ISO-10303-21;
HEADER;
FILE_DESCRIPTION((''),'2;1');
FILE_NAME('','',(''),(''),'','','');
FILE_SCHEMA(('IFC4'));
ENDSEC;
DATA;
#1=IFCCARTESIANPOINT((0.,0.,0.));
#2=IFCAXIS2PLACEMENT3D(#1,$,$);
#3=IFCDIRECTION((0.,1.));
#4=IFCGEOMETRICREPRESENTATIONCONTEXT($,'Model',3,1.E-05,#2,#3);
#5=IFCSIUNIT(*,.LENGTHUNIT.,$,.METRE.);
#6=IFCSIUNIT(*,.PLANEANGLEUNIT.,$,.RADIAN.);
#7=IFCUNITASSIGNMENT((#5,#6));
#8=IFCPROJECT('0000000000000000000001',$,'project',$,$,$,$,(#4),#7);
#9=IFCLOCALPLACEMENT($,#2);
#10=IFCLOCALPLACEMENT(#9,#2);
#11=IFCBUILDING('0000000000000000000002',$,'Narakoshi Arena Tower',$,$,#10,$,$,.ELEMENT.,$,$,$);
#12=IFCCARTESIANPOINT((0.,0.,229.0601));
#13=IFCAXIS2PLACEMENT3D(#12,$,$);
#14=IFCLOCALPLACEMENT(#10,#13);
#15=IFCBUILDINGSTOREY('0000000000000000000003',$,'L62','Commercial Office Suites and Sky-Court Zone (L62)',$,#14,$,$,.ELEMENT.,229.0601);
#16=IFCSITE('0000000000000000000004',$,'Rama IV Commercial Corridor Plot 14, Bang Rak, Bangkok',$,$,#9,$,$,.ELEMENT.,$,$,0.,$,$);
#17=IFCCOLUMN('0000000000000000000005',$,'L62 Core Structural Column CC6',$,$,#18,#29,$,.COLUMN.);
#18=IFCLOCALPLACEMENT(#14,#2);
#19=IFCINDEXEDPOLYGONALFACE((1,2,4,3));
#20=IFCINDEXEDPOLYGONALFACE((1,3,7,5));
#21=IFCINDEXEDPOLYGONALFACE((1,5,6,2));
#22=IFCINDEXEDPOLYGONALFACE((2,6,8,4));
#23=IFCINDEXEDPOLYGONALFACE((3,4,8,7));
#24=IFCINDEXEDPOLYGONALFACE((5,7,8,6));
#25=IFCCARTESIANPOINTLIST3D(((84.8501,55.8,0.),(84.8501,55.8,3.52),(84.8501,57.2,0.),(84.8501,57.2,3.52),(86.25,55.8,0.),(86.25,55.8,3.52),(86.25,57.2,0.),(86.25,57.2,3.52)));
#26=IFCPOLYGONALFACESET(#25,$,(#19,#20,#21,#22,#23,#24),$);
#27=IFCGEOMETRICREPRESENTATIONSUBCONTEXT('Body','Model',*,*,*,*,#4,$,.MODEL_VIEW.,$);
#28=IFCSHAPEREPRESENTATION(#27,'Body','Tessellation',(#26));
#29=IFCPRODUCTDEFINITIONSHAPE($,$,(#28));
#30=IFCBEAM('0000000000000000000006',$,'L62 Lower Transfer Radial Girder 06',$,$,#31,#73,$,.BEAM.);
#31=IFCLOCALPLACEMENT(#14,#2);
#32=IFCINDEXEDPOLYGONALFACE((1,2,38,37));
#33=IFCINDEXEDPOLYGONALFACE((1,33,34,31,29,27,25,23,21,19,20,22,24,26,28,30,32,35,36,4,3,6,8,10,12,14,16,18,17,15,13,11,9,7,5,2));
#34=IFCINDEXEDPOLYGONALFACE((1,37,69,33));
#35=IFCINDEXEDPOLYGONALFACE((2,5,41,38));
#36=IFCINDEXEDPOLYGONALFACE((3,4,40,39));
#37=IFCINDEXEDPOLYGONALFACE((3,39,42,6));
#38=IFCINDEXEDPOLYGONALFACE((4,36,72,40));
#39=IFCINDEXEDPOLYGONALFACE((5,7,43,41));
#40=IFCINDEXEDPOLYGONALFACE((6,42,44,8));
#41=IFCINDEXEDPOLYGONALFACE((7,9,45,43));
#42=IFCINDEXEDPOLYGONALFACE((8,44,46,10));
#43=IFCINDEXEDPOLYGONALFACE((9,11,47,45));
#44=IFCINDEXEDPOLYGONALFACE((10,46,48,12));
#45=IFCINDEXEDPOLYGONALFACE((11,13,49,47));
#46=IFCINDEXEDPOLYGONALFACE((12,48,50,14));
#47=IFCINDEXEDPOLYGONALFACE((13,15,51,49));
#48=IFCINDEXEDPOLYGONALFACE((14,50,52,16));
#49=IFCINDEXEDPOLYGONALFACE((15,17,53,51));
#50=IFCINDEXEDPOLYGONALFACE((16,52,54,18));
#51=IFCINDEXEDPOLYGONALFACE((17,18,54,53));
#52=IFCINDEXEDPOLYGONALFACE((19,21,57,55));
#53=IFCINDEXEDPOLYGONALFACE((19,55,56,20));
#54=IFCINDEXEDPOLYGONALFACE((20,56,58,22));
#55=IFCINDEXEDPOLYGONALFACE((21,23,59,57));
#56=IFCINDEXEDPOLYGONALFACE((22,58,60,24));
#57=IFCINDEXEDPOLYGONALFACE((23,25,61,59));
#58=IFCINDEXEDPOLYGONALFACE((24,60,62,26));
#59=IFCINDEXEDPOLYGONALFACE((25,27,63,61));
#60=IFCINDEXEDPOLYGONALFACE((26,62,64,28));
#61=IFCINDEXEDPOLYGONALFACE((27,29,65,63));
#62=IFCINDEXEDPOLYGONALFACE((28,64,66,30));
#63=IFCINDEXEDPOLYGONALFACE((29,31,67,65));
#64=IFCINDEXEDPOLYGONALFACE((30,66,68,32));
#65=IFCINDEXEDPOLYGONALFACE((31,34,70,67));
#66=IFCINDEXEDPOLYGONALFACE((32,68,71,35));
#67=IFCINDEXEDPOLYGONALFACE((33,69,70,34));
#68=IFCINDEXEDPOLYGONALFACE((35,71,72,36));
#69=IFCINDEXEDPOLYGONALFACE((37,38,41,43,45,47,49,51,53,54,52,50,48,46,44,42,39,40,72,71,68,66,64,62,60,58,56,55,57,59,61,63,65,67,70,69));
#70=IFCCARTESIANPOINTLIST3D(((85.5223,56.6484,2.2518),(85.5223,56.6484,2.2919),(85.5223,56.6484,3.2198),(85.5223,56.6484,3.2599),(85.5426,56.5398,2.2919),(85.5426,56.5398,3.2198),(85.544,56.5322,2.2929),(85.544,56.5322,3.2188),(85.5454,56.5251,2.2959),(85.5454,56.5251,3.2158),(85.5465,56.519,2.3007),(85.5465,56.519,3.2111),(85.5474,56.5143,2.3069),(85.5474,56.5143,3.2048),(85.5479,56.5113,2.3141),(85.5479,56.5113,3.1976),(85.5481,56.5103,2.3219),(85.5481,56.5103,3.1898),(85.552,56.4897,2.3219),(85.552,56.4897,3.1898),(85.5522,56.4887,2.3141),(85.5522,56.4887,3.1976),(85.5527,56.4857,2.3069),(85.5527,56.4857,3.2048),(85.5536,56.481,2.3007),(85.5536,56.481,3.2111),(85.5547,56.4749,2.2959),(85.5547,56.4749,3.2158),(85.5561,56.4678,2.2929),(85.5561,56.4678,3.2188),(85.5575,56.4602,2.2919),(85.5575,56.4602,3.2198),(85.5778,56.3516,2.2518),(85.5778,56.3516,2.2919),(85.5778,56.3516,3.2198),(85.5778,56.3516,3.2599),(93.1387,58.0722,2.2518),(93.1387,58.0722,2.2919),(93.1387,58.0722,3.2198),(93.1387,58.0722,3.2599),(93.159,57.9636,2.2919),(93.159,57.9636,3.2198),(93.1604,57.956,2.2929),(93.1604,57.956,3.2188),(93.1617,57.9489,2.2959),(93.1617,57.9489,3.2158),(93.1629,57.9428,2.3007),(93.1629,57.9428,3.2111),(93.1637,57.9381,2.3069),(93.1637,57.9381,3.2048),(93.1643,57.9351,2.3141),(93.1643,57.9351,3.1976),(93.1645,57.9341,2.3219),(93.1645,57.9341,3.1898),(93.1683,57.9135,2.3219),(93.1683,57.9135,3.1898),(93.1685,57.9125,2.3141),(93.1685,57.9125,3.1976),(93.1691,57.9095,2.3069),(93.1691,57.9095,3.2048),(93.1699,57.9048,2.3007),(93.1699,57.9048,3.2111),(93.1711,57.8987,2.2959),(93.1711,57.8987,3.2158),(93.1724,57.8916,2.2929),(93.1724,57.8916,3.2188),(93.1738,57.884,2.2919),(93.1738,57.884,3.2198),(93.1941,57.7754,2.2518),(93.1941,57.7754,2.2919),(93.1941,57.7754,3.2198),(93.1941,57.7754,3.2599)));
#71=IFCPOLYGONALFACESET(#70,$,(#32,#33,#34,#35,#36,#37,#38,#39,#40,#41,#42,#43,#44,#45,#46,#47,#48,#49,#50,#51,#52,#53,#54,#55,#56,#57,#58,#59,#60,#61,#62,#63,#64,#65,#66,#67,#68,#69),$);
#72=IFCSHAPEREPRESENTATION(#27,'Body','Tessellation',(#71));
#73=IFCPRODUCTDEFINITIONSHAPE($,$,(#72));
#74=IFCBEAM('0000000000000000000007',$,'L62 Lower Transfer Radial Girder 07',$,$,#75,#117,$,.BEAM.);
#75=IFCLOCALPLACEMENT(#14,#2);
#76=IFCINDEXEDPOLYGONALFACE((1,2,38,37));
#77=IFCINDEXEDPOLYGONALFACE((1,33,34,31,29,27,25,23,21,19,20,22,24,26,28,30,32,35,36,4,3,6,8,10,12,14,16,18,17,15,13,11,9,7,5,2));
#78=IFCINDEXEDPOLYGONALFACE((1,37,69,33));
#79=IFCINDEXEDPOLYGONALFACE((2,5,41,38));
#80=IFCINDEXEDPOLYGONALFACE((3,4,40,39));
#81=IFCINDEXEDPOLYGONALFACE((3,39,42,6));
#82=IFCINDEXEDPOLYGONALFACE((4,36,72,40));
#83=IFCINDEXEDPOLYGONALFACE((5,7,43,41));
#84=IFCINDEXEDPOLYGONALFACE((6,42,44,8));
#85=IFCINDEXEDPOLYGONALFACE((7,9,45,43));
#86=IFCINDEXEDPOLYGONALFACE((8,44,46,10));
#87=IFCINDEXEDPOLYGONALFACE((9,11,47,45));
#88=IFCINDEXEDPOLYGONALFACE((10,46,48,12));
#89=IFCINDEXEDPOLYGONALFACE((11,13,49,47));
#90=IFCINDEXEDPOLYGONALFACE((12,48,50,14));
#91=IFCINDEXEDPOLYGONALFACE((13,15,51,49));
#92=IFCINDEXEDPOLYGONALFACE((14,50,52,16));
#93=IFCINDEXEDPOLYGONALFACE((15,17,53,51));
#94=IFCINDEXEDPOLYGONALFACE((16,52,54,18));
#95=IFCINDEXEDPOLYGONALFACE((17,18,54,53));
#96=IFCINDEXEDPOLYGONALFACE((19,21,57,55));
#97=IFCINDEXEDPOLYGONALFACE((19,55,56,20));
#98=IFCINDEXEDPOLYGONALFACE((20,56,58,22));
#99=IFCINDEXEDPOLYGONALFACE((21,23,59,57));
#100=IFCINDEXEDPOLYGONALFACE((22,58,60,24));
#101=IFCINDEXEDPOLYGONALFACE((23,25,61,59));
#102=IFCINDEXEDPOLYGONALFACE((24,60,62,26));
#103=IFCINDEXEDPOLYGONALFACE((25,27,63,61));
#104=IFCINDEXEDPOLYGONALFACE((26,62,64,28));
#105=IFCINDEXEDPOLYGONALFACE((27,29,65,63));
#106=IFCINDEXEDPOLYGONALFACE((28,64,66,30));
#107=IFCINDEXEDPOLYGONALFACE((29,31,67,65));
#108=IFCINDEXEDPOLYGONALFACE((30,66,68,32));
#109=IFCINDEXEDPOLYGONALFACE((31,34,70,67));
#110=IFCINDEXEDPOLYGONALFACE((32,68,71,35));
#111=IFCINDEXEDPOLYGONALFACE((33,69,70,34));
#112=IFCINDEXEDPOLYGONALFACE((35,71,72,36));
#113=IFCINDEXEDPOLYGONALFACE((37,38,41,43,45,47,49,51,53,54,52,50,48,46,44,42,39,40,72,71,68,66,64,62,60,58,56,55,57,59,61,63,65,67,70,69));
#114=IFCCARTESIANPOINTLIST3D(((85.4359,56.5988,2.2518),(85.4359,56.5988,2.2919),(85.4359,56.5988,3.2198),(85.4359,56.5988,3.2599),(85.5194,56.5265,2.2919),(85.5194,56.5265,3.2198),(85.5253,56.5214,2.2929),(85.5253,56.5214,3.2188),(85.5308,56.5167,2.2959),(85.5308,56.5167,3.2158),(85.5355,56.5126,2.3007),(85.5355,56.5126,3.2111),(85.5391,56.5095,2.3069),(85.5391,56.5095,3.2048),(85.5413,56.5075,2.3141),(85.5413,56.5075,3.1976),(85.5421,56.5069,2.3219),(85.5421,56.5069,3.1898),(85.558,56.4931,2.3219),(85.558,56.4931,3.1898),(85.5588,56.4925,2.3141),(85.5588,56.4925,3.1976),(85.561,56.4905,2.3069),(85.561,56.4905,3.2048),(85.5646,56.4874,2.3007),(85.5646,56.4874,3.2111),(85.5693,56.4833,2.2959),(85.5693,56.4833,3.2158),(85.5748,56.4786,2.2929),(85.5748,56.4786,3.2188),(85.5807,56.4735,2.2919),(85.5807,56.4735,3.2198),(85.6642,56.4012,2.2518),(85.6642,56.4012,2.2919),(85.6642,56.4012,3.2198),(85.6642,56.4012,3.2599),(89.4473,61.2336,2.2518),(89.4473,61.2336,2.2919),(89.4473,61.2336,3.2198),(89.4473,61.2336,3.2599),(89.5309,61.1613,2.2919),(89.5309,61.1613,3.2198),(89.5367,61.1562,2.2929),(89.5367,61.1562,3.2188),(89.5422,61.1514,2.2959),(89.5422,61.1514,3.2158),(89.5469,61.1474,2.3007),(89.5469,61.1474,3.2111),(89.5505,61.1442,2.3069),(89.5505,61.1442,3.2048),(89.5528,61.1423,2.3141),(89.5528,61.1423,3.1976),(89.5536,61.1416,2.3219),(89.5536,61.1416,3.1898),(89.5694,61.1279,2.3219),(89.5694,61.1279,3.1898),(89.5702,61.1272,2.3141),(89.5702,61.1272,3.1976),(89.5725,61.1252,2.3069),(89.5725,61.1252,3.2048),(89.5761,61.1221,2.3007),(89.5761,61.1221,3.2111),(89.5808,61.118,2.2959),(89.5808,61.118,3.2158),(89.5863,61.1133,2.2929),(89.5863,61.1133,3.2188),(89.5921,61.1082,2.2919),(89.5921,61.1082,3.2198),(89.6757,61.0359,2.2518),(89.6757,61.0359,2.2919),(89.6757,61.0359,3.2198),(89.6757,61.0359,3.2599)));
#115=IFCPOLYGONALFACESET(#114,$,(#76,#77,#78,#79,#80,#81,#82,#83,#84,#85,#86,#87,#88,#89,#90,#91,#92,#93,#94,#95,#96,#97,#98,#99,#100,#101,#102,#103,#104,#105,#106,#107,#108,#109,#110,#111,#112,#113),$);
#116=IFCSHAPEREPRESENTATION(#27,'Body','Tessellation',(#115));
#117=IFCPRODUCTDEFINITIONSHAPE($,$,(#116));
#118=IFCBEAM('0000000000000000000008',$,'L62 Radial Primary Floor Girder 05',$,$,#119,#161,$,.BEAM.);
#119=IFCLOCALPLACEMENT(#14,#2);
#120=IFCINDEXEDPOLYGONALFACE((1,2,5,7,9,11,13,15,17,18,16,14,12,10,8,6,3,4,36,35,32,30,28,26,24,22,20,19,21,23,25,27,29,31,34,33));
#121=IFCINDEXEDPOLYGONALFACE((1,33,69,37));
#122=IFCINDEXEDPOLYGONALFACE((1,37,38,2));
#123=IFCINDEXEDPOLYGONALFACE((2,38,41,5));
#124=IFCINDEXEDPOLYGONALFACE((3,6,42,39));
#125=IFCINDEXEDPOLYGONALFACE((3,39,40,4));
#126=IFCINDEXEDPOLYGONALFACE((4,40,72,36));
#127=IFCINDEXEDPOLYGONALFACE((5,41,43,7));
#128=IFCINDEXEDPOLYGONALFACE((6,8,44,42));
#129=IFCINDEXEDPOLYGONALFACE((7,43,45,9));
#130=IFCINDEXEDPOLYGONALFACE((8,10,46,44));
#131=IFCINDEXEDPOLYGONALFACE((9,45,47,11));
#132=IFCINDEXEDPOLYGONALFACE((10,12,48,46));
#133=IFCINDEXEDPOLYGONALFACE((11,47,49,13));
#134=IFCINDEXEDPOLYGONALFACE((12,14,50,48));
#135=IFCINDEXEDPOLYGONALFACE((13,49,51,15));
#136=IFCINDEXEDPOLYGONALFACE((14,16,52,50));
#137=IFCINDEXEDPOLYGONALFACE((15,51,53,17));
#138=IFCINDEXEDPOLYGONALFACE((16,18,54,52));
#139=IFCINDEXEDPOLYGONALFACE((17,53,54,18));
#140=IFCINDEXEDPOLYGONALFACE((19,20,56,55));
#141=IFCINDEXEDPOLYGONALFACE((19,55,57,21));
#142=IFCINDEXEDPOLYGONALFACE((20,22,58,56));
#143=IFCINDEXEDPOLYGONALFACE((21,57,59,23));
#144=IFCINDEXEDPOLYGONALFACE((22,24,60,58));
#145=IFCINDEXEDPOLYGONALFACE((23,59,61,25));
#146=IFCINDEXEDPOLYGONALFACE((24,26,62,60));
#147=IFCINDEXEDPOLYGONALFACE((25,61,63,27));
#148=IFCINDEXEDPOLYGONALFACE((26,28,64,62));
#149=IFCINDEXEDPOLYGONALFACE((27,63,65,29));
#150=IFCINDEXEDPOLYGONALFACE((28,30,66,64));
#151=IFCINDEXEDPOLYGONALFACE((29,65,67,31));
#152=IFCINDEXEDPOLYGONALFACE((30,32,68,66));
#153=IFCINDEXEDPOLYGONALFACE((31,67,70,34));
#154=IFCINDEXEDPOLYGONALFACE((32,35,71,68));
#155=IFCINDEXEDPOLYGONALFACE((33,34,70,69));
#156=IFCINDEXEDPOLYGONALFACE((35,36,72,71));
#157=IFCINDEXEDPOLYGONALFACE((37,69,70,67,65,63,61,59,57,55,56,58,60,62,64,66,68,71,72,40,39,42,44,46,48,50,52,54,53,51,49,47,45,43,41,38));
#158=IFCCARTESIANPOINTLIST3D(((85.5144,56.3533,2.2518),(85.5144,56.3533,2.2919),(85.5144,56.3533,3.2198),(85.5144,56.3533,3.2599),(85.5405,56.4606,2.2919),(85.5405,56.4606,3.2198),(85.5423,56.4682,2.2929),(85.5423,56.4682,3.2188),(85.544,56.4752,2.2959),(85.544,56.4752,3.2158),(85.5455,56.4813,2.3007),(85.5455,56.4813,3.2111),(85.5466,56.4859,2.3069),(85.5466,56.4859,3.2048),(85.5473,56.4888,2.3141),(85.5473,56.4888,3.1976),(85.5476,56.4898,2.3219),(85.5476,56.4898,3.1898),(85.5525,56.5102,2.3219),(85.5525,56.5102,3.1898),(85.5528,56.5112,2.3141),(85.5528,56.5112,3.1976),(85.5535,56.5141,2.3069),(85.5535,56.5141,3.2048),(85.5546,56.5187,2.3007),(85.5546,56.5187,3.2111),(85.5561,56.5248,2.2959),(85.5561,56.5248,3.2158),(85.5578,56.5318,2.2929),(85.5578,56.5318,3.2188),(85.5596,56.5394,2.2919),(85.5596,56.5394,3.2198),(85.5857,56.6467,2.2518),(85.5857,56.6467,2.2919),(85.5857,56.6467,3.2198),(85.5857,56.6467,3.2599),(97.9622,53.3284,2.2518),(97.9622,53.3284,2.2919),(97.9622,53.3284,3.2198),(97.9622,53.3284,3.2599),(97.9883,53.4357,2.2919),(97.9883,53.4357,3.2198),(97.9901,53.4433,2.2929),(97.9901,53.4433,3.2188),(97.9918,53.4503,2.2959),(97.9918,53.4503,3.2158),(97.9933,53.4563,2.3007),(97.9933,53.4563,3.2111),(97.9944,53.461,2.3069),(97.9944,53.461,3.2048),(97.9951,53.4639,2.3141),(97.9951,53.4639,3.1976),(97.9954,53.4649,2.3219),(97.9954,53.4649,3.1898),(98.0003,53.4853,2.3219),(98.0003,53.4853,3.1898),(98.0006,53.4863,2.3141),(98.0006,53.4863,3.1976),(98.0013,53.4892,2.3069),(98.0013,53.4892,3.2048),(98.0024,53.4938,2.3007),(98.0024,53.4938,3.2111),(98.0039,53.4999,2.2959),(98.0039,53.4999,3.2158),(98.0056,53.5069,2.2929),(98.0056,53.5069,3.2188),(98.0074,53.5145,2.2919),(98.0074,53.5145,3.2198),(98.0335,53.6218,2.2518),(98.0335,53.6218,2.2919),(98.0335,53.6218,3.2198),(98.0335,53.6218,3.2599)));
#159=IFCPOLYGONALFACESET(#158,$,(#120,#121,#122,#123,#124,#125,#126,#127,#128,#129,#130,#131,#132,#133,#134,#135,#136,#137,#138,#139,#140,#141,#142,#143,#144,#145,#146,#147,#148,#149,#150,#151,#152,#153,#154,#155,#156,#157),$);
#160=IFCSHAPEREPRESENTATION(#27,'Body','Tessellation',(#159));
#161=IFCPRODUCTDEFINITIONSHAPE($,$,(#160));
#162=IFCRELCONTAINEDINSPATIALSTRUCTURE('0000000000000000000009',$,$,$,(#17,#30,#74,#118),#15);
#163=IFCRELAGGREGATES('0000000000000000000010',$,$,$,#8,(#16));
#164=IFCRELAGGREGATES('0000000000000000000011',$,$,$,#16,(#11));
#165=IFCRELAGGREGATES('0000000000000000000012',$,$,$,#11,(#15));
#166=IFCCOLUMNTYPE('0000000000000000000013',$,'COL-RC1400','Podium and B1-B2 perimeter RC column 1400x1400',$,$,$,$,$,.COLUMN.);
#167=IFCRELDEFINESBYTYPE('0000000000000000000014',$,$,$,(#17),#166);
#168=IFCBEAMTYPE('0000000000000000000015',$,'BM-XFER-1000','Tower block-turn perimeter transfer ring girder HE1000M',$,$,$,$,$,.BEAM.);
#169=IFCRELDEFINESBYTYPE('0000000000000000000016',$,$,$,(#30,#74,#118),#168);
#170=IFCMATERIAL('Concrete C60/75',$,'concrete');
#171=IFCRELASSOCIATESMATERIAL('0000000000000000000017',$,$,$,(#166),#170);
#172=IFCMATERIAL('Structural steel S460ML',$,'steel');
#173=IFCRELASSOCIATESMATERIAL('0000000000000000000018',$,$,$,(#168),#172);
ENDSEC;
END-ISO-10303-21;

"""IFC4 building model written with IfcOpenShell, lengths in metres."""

from ifc_helpers import new_model, si_unit, direction, frame, origin, origin_2d, place, context, subcontext, project, spatial, rectangle, i_section, extrude, material, material_profile, profile_set, type_object, element, save


model = new_model("IFC4")

# Units and contexts
model_context = context("Model", 3, precision=1e-05, world=origin(), true_north=direction((0.0, 1.0)))
body_context = subcontext(model_context, "Body", "Model", "MODEL_VIEW")
ifc_project = project(units=[si_unit("LENGTHUNIT", "METRE"), si_unit("PLANEANGLEUNIT", "RADIAN")], contexts=[model_context])

# Site, building, storey
site_placement = place(None, origin())
site = spatial("IfcSite", under=ifc_project, at=site_placement, Name="Rama IV Commercial Corridor Plot 14, Bang Rak, Bangkok", CompositionType="ELEMENT", RefElevation=0.0)
building_placement = place(site_placement, origin())
building = spatial("IfcBuilding", under=site, at=building_placement, Name="Narakoshi Arena Tower", CompositionType="ELEMENT")
storey_placement = place(building_placement, frame((0.0, 0.0, 229.0601)))
storey = spatial("IfcBuildingStorey", under=building, at=storey_placement, Name="L62", Description="Commercial Office Suites and Sky-Court Zone (L62)", CompositionType="ELEMENT", Elevation=229.0601)

# Column
ifc_material_1 = material(Name="Concrete C60/75", Category="concrete")
ifc_material_profile_1 = material_profile(ifc_material_1, rectangle(XDim=1.3999, YDim=1.3999, at=origin_2d()), Name="RC1400x1400")
ifc_profile_set_1 = profile_set([ifc_material_profile_1], Name="Concrete C60/75")
column_type = type_object("IfcColumnType", Name="COL-RC1400", Description="Podium and B1-B2 perimeter RC column 1400x1400", PredefinedType="COLUMN", material=ifc_profile_set_1)
column_placement = place(storey_placement, frame((85.55, 56.5, 0.0), z_axis=(0.0, 0.0, 1.0), x_axis=(1.0, 0.0, 0.0)))
element("IfcColumn", 1, at=column_placement, inside=storey, type_object=column_type, Name="L62 Core Structural Column CC6", PredefinedType="COLUMN", context=body_context, shape_type="SweptSolid", body=[
    extrude(rectangle(XDim=1.3999, YDim=1.3999, at=origin_2d()), origin(), (0.0, 0.0, 1.0), 3.52),
])

# Beams
ifc_material_2 = material(Name="Structural steel S460ML", Category="steel")
ifc_material_profile_2 = material_profile(ifc_material_2, i_section(OverallWidth=0.302, OverallDepth=1.0081, WebThickness=0.021, FlangeThickness=0.04, FilletRadius=0.03, at=origin_2d()), Name="HE1000M")
ifc_profile_set_2 = profile_set([ifc_material_profile_2], Name="Structural steel S460ML")
beam_type = type_object("IfcBeamType", Name="BM-XFER-1000", Description="Tower block-turn perimeter transfer ring girder HE1000M", PredefinedType="BEAM", material=ifc_profile_set_2)
beam_1_placement = place(storey_placement, frame((85.55, 56.5, 2.7559), z_axis=(0.982972, 0.183758, 0.0), x_axis=(-0.183758, 0.982972, 0.0)))
element("IfcBeam", 2, at=beam_1_placement, inside=storey, type_object=beam_type, Name="L62 Lower Transfer Radial Girder 06", PredefinedType="BEAM", context=body_context, shape_type="SweptSolid", body=[
    extrude(i_section(OverallWidth=0.302, OverallDepth=1.0081, WebThickness=0.021, FlangeThickness=0.04, FilletRadius=0.03, at=origin_2d()), origin(), (0.0, 0.0, 1.0), 7.7483),
])
beam_2_placement = place(storey_placement, frame((85.55, 56.5, 2.7559), z_axis=(0.654435, 0.756119, 0.0), x_axis=(-0.756119, 0.654435, 0.0)))
element("IfcBeam", 3, at=beam_2_placement, inside=storey, type_object=beam_type, Name="L62 Lower Transfer Radial Girder 07", PredefinedType="BEAM", context=body_context, shape_type="SweptSolid", body=[
    extrude(i_section(OverallWidth=0.302, OverallDepth=1.0081, WebThickness=0.021, FlangeThickness=0.04, FilletRadius=0.03, at=origin_2d()), origin(), (0.0, 0.0, 1.0), 6.1296),
])
beam_3_placement = place(storey_placement, frame((85.55, 56.5, 2.7559), z_axis=(0.97172, -0.236136, 0.0), x_axis=(0.236136, 0.97172, 0.0)))
element("IfcBeam", 4, at=beam_3_placement, inside=storey, type_object=beam_type, Name="L62 Radial Primary Floor Girder 05", PredefinedType="BEAM", context=body_context, shape_type="SweptSolid", body=[
    extrude(i_section(OverallWidth=0.302, OverallDepth=1.0081, WebThickness=0.021, FlangeThickness=0.04, FilletRadius=0.03, at=origin_2d()), origin(), (0.0, 0.0, 1.0), 12.8101),
])

save(model, "model.ifc")
